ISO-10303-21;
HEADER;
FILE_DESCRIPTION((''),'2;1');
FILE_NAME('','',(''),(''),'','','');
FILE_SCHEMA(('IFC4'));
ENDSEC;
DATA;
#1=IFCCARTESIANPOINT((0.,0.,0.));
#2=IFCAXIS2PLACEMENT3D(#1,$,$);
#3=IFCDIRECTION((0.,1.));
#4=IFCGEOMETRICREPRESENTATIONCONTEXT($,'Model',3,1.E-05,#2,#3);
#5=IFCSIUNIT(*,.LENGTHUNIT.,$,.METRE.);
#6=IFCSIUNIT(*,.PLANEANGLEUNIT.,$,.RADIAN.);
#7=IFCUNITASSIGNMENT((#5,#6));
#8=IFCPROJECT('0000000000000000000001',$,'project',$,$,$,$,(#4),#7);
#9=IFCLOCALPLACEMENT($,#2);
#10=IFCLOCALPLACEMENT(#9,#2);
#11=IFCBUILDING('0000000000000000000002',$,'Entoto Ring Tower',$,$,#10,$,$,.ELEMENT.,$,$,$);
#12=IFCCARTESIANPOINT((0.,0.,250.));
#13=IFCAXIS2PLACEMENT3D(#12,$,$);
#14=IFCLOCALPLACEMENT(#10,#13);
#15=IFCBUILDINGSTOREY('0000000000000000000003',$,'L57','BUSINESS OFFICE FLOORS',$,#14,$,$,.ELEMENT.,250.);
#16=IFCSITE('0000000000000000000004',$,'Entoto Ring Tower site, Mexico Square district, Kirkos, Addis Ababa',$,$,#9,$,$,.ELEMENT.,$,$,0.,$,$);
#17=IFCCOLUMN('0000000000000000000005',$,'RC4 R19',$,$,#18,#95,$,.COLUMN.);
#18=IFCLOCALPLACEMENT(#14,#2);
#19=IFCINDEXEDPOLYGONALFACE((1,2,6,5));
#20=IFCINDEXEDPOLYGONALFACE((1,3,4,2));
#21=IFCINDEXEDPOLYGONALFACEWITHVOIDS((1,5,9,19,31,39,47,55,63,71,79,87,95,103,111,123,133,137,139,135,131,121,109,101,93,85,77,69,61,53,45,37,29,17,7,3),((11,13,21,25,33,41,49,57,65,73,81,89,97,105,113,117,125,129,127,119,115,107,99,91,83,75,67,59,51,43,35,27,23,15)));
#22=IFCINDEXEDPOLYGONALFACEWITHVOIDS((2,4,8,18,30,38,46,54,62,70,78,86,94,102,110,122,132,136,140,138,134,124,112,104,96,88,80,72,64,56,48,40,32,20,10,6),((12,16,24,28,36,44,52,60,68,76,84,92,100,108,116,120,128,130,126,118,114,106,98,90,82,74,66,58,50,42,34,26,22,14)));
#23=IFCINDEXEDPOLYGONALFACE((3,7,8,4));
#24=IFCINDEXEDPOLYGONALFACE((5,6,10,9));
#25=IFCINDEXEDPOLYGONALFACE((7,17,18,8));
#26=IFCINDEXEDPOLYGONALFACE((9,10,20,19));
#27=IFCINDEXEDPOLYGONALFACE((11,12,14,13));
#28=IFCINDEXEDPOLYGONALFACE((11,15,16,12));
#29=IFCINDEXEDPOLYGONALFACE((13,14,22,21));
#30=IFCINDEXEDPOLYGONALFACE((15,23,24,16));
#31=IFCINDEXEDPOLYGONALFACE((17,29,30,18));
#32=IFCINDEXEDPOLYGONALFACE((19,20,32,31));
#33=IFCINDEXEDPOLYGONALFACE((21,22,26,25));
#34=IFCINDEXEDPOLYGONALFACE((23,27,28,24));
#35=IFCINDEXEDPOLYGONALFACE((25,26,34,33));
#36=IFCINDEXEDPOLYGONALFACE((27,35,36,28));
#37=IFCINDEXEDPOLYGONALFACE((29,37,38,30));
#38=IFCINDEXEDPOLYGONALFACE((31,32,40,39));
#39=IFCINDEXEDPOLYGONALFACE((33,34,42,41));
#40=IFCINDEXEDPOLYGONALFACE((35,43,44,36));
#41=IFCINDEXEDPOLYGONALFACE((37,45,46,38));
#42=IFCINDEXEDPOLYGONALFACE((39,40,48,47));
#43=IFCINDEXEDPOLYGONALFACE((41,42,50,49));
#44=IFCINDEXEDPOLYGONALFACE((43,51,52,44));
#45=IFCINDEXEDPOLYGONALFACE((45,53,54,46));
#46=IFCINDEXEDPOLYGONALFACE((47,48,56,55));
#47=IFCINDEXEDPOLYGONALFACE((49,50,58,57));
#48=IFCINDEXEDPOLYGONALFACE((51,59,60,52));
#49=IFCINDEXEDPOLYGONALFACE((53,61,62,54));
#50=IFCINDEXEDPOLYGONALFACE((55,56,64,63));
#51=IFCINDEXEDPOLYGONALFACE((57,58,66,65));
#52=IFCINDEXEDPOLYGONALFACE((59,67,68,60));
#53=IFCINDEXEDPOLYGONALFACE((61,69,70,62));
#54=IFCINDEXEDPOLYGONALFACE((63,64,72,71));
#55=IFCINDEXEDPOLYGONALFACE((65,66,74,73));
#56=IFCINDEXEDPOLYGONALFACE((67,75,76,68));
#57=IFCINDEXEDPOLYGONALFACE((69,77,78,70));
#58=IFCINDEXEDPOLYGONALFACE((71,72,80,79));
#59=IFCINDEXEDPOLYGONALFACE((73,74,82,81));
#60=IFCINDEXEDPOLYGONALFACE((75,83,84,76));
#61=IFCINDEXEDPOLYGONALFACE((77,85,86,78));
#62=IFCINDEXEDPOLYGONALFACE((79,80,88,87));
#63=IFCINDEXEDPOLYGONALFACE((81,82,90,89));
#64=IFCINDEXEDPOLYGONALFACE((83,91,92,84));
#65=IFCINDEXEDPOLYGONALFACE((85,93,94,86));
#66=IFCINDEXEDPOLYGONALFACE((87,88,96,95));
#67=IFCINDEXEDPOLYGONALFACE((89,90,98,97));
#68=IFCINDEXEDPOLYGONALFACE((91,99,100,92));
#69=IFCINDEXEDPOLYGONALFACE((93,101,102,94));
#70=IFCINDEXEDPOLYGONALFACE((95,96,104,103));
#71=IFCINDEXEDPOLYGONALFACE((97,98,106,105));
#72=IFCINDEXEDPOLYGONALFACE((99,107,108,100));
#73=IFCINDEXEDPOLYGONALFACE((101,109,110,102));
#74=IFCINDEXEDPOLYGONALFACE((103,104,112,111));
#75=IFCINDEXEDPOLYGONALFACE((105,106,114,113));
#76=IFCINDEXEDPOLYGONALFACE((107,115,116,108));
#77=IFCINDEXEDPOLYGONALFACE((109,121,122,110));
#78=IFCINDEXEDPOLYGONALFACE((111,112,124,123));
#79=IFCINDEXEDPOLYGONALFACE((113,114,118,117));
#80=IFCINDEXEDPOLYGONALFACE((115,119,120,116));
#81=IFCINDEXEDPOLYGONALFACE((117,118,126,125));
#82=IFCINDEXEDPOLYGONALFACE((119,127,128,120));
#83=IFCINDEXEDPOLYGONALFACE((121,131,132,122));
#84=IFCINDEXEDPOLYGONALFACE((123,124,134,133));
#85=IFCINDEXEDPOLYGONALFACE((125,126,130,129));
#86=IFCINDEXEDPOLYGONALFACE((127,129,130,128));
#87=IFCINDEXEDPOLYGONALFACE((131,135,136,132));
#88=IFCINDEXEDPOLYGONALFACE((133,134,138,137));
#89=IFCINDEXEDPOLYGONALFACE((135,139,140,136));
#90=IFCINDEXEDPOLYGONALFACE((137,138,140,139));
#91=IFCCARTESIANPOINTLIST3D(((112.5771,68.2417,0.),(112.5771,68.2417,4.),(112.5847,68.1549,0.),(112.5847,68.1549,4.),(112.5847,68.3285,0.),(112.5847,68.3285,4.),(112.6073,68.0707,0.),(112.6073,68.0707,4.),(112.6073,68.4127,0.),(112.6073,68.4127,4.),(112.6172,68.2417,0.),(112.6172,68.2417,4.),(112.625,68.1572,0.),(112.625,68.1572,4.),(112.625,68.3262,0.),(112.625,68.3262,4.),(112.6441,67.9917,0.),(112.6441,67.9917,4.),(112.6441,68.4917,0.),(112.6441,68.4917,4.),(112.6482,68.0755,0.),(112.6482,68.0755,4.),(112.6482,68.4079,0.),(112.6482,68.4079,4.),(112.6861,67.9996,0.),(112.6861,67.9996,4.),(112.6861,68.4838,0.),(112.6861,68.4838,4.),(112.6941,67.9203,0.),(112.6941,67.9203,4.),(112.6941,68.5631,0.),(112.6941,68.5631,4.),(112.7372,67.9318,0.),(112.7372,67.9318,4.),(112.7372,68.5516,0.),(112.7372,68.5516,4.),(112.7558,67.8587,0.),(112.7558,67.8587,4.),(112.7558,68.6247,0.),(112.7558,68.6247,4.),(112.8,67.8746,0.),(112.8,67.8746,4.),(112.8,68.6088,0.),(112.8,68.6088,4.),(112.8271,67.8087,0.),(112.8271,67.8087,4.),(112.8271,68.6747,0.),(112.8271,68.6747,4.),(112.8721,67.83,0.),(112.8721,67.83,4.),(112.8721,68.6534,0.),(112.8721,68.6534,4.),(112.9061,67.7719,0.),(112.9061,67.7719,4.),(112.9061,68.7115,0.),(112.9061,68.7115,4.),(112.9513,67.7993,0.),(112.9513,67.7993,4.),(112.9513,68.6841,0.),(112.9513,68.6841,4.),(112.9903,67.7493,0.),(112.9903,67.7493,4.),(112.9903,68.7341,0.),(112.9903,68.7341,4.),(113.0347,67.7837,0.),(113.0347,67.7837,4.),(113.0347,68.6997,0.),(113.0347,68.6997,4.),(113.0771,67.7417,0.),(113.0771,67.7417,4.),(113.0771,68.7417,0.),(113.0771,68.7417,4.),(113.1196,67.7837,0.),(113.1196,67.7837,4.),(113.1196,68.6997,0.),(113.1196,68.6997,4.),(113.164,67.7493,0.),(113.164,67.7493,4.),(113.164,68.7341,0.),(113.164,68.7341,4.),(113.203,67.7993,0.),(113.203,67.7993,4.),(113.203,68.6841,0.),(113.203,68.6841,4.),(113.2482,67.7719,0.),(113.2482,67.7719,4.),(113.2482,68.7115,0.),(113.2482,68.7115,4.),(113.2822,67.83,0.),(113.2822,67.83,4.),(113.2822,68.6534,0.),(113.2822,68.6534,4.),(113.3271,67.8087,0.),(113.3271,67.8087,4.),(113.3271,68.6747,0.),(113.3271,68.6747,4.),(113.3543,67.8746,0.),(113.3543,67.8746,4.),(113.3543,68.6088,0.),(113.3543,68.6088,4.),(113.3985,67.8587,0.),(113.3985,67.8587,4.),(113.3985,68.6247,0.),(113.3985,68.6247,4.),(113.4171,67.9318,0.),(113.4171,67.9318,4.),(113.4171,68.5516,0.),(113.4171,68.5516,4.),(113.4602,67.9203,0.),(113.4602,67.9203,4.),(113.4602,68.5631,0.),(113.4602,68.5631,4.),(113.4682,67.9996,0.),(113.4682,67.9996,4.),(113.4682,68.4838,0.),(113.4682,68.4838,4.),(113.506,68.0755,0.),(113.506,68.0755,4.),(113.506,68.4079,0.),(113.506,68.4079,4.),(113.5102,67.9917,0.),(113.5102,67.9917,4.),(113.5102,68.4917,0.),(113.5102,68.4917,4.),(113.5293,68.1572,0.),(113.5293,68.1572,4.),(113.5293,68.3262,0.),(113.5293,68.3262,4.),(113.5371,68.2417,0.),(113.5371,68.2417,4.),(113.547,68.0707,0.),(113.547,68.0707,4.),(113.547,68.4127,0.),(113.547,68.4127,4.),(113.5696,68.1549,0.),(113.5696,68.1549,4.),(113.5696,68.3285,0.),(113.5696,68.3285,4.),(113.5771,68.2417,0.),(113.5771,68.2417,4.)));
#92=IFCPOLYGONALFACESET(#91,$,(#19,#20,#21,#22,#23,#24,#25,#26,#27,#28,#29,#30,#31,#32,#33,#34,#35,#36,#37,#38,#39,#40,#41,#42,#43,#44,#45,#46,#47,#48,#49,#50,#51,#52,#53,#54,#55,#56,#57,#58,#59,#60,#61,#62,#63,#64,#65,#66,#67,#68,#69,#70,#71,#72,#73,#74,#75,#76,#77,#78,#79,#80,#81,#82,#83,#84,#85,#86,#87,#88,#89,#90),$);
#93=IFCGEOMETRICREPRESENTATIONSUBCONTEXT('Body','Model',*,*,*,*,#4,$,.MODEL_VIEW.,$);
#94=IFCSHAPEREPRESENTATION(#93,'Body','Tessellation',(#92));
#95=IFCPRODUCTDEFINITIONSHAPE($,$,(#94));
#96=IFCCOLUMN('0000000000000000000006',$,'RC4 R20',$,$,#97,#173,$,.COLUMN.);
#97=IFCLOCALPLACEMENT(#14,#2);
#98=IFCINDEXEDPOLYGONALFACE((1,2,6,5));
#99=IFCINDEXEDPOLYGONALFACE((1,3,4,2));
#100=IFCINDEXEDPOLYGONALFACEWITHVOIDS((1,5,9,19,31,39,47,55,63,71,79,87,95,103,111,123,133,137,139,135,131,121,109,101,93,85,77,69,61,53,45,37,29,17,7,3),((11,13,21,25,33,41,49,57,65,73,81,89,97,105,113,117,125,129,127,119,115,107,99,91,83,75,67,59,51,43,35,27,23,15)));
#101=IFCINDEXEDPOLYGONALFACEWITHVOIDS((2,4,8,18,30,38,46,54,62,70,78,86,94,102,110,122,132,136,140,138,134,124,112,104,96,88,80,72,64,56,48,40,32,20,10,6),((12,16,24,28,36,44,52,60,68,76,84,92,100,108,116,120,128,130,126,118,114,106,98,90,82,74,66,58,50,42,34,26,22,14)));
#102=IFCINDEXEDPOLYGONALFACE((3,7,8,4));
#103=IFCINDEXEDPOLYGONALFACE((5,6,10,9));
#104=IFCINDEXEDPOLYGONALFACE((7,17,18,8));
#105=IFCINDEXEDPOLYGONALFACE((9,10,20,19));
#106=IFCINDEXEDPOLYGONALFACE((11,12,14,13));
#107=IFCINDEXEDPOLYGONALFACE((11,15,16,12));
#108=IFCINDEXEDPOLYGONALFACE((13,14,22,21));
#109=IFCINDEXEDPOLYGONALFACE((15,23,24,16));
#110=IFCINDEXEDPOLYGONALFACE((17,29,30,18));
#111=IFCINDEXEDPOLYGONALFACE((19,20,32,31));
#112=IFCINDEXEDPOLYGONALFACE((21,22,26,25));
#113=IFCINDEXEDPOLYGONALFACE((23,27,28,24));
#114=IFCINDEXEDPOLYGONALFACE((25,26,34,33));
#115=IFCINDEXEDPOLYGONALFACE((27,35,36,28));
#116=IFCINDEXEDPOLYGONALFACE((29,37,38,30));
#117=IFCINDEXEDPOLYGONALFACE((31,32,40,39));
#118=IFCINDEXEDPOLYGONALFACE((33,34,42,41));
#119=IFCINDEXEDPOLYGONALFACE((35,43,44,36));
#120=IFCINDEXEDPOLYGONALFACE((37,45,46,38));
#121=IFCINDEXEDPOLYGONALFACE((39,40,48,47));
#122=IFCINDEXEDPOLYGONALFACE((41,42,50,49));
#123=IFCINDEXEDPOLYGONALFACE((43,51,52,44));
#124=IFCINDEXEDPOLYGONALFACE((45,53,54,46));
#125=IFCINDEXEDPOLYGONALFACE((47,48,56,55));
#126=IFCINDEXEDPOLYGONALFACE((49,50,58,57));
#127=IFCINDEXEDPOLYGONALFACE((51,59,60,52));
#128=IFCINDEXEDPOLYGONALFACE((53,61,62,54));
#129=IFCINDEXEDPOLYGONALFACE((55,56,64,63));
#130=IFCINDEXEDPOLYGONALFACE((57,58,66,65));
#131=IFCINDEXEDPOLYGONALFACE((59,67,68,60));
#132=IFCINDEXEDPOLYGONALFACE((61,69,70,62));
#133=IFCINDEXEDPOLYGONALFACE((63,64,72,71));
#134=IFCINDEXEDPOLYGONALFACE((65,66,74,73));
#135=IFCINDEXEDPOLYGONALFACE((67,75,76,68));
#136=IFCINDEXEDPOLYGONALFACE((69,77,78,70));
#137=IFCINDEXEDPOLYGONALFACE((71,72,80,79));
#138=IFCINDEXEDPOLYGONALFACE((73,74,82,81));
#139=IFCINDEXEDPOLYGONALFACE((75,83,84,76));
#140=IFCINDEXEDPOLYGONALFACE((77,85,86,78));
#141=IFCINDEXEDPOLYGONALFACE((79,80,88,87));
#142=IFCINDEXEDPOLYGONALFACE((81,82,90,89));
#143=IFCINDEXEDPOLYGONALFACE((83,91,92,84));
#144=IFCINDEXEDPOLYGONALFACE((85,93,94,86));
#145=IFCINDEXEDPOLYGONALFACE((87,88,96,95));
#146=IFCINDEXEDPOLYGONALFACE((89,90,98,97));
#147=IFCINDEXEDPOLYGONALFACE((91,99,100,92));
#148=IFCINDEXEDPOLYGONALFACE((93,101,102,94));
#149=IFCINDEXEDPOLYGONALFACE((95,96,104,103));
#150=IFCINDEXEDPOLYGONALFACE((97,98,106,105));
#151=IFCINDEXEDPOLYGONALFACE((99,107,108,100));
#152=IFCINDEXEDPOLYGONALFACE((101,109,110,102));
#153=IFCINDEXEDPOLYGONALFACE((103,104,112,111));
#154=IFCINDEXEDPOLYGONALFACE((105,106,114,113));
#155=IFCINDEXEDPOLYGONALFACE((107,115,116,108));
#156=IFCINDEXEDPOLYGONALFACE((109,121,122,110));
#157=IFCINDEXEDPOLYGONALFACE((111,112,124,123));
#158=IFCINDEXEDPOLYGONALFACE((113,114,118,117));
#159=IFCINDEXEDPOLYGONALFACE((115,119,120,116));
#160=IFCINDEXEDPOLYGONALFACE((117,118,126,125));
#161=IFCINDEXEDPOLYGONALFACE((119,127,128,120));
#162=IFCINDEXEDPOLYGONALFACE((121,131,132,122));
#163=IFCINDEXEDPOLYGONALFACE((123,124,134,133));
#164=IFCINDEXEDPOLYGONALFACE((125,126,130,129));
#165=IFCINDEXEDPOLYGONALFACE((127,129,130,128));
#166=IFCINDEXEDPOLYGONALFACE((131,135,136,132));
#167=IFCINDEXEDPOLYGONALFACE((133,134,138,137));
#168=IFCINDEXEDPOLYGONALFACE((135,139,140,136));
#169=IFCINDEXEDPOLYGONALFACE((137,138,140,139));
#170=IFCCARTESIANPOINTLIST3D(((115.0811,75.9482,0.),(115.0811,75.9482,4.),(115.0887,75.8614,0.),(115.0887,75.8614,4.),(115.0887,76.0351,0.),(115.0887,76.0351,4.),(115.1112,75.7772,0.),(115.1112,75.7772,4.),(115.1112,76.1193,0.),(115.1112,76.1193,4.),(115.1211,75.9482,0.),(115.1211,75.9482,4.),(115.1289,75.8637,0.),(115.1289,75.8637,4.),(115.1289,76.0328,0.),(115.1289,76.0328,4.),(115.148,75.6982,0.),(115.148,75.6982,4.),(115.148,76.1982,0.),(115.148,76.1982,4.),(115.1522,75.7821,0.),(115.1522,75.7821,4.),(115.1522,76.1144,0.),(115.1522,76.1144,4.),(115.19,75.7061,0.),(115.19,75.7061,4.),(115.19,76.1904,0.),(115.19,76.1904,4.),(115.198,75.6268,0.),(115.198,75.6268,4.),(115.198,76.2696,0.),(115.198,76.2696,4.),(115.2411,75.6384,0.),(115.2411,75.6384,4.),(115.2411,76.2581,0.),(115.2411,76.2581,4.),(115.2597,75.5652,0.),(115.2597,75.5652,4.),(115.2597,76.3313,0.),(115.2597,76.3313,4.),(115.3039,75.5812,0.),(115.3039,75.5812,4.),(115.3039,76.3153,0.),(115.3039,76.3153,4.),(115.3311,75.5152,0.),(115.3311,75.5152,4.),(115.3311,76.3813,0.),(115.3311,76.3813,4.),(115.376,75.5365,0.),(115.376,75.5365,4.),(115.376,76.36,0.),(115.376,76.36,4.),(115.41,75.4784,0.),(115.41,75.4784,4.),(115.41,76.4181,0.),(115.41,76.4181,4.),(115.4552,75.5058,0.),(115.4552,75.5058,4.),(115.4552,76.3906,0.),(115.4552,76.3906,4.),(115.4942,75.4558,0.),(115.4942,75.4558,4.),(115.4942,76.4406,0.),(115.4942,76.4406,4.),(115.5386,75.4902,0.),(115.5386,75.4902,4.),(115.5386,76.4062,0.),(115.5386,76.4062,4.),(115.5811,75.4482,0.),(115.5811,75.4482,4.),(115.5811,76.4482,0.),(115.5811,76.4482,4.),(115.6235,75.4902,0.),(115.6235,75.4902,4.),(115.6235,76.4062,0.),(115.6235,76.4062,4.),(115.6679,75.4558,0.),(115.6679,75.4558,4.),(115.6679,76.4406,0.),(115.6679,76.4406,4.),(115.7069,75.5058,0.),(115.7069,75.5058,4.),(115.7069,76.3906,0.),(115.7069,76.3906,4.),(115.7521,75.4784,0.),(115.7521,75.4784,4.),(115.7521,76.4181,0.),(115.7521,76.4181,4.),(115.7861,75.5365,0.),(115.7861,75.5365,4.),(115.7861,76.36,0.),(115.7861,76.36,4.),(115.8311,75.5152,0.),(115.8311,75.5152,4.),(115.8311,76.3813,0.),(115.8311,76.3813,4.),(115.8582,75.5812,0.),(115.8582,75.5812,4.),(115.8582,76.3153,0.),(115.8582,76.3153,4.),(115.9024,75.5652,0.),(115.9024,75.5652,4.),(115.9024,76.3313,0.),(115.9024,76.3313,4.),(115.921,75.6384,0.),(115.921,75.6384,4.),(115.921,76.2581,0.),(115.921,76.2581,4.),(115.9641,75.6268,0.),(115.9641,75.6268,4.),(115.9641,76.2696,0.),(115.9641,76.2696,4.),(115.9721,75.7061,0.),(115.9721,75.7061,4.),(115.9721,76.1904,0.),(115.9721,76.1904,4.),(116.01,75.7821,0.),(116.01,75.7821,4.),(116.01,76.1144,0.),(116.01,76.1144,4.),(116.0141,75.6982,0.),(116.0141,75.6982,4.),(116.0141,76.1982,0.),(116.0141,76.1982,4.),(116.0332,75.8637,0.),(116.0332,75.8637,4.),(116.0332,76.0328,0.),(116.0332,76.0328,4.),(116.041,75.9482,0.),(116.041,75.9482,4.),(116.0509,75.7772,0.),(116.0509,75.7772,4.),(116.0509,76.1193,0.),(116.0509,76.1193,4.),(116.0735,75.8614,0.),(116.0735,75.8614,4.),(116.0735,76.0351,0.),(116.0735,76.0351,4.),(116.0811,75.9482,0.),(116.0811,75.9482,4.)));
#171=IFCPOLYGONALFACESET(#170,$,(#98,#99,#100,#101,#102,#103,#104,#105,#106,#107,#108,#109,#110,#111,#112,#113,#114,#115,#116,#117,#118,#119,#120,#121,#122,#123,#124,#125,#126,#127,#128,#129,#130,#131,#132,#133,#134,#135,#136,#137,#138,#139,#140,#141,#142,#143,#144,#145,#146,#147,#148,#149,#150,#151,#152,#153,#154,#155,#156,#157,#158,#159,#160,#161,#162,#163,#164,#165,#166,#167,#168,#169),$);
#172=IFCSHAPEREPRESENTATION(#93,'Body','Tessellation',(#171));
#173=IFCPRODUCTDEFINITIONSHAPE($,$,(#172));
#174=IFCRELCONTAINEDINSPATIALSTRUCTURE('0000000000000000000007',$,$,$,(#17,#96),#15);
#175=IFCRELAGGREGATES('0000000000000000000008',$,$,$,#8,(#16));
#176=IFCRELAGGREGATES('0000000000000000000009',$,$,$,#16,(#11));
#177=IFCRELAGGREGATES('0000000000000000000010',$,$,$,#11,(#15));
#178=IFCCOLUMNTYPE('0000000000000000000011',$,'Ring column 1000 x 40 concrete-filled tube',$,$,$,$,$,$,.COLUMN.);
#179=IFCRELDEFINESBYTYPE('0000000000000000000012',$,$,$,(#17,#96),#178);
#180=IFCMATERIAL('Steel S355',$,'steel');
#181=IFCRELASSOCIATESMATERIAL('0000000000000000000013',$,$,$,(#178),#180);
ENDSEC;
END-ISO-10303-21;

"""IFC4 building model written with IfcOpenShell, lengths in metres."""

from ifc_helpers import new_model, si_unit, direction, frame, origin, origin_2d, place, context, subcontext, project, spatial, circle, hollow_circle, extrude, material, material_profile, profile_set, type_object, element, save


model = new_model("IFC4")

# Units and contexts
model_context = context("Model", 3, precision=1e-05, world=origin(), true_north=direction((0.0, 1.0)))
body_context = subcontext(model_context, "Body", "Model", "MODEL_VIEW")
ifc_project = project(units=[si_unit("LENGTHUNIT", "METRE"), si_unit("PLANEANGLEUNIT", "RADIAN")], contexts=[model_context])

# Site, building, storey
site_placement = place(None, origin())
site = spatial("IfcSite", under=ifc_project, at=site_placement, Name="Entoto Ring Tower site, Mexico Square district, Kirkos, Addis Ababa", CompositionType="ELEMENT", RefElevation=0.0)
building_placement = place(site_placement, origin())
building = spatial("IfcBuilding", under=site, at=building_placement, Name="Entoto Ring Tower", CompositionType="ELEMENT")
storey_placement = place(building_placement, frame((0.0, 0.0, 250.0)))
storey = spatial("IfcBuildingStorey", under=building, at=storey_placement, Name="L57", Description="BUSINESS OFFICE FLOORS", CompositionType="ELEMENT", Elevation=250.0)

# Columns
ifc_material_1 = material(Name="Steel S355", Category="steel")
ifc_material_profile_1 = material_profile(ifc_material_1, hollow_circle(Radius=0.5, WallThickness=0.04, at=origin_2d()), Name="CHS 1000 x 40")
ifc_material_2 = material(Name="Concrete C60/75", Category="concrete")
ifc_material_profile_2 = material_profile(ifc_material_2, circle(Radius=0.46, at=origin_2d()), Name="Concrete C60/75 infill")
ifc_profile_set_1 = profile_set([ifc_material_profile_1, ifc_material_profile_2], Name="Steel S355")
column_type = type_object("IfcColumnType", Name="Ring column 1000 x 40 concrete-filled tube", PredefinedType="COLUMN", material=ifc_profile_set_1)
for number, where, z_axis, x_axis, name in (
    (1, (113.0771, 68.2417, 0.0), (0.0, 0.0, 1.0), (1.0, 0.0, 0.0), "RC4 R19"),
    (2, (115.5811, 75.9482, 0.0), (0.0, 0.0, 1.0), (1.0, 0.0, 0.0), "RC4 R20"),
):
    element("IfcColumn", number, at=place(storey_placement, frame(where, z_axis=z_axis, x_axis=x_axis)), inside=storey, type_object=column_type, Name=name, PredefinedType="COLUMN", context=body_context, shape_type="SweptSolid", body=[
        extrude(hollow_circle(Radius=0.5, WallThickness=0.04, at=origin_2d()), origin(), (0.0, 0.0, 1.0), 4.0),
    ])

save(model, "model.ifc")
